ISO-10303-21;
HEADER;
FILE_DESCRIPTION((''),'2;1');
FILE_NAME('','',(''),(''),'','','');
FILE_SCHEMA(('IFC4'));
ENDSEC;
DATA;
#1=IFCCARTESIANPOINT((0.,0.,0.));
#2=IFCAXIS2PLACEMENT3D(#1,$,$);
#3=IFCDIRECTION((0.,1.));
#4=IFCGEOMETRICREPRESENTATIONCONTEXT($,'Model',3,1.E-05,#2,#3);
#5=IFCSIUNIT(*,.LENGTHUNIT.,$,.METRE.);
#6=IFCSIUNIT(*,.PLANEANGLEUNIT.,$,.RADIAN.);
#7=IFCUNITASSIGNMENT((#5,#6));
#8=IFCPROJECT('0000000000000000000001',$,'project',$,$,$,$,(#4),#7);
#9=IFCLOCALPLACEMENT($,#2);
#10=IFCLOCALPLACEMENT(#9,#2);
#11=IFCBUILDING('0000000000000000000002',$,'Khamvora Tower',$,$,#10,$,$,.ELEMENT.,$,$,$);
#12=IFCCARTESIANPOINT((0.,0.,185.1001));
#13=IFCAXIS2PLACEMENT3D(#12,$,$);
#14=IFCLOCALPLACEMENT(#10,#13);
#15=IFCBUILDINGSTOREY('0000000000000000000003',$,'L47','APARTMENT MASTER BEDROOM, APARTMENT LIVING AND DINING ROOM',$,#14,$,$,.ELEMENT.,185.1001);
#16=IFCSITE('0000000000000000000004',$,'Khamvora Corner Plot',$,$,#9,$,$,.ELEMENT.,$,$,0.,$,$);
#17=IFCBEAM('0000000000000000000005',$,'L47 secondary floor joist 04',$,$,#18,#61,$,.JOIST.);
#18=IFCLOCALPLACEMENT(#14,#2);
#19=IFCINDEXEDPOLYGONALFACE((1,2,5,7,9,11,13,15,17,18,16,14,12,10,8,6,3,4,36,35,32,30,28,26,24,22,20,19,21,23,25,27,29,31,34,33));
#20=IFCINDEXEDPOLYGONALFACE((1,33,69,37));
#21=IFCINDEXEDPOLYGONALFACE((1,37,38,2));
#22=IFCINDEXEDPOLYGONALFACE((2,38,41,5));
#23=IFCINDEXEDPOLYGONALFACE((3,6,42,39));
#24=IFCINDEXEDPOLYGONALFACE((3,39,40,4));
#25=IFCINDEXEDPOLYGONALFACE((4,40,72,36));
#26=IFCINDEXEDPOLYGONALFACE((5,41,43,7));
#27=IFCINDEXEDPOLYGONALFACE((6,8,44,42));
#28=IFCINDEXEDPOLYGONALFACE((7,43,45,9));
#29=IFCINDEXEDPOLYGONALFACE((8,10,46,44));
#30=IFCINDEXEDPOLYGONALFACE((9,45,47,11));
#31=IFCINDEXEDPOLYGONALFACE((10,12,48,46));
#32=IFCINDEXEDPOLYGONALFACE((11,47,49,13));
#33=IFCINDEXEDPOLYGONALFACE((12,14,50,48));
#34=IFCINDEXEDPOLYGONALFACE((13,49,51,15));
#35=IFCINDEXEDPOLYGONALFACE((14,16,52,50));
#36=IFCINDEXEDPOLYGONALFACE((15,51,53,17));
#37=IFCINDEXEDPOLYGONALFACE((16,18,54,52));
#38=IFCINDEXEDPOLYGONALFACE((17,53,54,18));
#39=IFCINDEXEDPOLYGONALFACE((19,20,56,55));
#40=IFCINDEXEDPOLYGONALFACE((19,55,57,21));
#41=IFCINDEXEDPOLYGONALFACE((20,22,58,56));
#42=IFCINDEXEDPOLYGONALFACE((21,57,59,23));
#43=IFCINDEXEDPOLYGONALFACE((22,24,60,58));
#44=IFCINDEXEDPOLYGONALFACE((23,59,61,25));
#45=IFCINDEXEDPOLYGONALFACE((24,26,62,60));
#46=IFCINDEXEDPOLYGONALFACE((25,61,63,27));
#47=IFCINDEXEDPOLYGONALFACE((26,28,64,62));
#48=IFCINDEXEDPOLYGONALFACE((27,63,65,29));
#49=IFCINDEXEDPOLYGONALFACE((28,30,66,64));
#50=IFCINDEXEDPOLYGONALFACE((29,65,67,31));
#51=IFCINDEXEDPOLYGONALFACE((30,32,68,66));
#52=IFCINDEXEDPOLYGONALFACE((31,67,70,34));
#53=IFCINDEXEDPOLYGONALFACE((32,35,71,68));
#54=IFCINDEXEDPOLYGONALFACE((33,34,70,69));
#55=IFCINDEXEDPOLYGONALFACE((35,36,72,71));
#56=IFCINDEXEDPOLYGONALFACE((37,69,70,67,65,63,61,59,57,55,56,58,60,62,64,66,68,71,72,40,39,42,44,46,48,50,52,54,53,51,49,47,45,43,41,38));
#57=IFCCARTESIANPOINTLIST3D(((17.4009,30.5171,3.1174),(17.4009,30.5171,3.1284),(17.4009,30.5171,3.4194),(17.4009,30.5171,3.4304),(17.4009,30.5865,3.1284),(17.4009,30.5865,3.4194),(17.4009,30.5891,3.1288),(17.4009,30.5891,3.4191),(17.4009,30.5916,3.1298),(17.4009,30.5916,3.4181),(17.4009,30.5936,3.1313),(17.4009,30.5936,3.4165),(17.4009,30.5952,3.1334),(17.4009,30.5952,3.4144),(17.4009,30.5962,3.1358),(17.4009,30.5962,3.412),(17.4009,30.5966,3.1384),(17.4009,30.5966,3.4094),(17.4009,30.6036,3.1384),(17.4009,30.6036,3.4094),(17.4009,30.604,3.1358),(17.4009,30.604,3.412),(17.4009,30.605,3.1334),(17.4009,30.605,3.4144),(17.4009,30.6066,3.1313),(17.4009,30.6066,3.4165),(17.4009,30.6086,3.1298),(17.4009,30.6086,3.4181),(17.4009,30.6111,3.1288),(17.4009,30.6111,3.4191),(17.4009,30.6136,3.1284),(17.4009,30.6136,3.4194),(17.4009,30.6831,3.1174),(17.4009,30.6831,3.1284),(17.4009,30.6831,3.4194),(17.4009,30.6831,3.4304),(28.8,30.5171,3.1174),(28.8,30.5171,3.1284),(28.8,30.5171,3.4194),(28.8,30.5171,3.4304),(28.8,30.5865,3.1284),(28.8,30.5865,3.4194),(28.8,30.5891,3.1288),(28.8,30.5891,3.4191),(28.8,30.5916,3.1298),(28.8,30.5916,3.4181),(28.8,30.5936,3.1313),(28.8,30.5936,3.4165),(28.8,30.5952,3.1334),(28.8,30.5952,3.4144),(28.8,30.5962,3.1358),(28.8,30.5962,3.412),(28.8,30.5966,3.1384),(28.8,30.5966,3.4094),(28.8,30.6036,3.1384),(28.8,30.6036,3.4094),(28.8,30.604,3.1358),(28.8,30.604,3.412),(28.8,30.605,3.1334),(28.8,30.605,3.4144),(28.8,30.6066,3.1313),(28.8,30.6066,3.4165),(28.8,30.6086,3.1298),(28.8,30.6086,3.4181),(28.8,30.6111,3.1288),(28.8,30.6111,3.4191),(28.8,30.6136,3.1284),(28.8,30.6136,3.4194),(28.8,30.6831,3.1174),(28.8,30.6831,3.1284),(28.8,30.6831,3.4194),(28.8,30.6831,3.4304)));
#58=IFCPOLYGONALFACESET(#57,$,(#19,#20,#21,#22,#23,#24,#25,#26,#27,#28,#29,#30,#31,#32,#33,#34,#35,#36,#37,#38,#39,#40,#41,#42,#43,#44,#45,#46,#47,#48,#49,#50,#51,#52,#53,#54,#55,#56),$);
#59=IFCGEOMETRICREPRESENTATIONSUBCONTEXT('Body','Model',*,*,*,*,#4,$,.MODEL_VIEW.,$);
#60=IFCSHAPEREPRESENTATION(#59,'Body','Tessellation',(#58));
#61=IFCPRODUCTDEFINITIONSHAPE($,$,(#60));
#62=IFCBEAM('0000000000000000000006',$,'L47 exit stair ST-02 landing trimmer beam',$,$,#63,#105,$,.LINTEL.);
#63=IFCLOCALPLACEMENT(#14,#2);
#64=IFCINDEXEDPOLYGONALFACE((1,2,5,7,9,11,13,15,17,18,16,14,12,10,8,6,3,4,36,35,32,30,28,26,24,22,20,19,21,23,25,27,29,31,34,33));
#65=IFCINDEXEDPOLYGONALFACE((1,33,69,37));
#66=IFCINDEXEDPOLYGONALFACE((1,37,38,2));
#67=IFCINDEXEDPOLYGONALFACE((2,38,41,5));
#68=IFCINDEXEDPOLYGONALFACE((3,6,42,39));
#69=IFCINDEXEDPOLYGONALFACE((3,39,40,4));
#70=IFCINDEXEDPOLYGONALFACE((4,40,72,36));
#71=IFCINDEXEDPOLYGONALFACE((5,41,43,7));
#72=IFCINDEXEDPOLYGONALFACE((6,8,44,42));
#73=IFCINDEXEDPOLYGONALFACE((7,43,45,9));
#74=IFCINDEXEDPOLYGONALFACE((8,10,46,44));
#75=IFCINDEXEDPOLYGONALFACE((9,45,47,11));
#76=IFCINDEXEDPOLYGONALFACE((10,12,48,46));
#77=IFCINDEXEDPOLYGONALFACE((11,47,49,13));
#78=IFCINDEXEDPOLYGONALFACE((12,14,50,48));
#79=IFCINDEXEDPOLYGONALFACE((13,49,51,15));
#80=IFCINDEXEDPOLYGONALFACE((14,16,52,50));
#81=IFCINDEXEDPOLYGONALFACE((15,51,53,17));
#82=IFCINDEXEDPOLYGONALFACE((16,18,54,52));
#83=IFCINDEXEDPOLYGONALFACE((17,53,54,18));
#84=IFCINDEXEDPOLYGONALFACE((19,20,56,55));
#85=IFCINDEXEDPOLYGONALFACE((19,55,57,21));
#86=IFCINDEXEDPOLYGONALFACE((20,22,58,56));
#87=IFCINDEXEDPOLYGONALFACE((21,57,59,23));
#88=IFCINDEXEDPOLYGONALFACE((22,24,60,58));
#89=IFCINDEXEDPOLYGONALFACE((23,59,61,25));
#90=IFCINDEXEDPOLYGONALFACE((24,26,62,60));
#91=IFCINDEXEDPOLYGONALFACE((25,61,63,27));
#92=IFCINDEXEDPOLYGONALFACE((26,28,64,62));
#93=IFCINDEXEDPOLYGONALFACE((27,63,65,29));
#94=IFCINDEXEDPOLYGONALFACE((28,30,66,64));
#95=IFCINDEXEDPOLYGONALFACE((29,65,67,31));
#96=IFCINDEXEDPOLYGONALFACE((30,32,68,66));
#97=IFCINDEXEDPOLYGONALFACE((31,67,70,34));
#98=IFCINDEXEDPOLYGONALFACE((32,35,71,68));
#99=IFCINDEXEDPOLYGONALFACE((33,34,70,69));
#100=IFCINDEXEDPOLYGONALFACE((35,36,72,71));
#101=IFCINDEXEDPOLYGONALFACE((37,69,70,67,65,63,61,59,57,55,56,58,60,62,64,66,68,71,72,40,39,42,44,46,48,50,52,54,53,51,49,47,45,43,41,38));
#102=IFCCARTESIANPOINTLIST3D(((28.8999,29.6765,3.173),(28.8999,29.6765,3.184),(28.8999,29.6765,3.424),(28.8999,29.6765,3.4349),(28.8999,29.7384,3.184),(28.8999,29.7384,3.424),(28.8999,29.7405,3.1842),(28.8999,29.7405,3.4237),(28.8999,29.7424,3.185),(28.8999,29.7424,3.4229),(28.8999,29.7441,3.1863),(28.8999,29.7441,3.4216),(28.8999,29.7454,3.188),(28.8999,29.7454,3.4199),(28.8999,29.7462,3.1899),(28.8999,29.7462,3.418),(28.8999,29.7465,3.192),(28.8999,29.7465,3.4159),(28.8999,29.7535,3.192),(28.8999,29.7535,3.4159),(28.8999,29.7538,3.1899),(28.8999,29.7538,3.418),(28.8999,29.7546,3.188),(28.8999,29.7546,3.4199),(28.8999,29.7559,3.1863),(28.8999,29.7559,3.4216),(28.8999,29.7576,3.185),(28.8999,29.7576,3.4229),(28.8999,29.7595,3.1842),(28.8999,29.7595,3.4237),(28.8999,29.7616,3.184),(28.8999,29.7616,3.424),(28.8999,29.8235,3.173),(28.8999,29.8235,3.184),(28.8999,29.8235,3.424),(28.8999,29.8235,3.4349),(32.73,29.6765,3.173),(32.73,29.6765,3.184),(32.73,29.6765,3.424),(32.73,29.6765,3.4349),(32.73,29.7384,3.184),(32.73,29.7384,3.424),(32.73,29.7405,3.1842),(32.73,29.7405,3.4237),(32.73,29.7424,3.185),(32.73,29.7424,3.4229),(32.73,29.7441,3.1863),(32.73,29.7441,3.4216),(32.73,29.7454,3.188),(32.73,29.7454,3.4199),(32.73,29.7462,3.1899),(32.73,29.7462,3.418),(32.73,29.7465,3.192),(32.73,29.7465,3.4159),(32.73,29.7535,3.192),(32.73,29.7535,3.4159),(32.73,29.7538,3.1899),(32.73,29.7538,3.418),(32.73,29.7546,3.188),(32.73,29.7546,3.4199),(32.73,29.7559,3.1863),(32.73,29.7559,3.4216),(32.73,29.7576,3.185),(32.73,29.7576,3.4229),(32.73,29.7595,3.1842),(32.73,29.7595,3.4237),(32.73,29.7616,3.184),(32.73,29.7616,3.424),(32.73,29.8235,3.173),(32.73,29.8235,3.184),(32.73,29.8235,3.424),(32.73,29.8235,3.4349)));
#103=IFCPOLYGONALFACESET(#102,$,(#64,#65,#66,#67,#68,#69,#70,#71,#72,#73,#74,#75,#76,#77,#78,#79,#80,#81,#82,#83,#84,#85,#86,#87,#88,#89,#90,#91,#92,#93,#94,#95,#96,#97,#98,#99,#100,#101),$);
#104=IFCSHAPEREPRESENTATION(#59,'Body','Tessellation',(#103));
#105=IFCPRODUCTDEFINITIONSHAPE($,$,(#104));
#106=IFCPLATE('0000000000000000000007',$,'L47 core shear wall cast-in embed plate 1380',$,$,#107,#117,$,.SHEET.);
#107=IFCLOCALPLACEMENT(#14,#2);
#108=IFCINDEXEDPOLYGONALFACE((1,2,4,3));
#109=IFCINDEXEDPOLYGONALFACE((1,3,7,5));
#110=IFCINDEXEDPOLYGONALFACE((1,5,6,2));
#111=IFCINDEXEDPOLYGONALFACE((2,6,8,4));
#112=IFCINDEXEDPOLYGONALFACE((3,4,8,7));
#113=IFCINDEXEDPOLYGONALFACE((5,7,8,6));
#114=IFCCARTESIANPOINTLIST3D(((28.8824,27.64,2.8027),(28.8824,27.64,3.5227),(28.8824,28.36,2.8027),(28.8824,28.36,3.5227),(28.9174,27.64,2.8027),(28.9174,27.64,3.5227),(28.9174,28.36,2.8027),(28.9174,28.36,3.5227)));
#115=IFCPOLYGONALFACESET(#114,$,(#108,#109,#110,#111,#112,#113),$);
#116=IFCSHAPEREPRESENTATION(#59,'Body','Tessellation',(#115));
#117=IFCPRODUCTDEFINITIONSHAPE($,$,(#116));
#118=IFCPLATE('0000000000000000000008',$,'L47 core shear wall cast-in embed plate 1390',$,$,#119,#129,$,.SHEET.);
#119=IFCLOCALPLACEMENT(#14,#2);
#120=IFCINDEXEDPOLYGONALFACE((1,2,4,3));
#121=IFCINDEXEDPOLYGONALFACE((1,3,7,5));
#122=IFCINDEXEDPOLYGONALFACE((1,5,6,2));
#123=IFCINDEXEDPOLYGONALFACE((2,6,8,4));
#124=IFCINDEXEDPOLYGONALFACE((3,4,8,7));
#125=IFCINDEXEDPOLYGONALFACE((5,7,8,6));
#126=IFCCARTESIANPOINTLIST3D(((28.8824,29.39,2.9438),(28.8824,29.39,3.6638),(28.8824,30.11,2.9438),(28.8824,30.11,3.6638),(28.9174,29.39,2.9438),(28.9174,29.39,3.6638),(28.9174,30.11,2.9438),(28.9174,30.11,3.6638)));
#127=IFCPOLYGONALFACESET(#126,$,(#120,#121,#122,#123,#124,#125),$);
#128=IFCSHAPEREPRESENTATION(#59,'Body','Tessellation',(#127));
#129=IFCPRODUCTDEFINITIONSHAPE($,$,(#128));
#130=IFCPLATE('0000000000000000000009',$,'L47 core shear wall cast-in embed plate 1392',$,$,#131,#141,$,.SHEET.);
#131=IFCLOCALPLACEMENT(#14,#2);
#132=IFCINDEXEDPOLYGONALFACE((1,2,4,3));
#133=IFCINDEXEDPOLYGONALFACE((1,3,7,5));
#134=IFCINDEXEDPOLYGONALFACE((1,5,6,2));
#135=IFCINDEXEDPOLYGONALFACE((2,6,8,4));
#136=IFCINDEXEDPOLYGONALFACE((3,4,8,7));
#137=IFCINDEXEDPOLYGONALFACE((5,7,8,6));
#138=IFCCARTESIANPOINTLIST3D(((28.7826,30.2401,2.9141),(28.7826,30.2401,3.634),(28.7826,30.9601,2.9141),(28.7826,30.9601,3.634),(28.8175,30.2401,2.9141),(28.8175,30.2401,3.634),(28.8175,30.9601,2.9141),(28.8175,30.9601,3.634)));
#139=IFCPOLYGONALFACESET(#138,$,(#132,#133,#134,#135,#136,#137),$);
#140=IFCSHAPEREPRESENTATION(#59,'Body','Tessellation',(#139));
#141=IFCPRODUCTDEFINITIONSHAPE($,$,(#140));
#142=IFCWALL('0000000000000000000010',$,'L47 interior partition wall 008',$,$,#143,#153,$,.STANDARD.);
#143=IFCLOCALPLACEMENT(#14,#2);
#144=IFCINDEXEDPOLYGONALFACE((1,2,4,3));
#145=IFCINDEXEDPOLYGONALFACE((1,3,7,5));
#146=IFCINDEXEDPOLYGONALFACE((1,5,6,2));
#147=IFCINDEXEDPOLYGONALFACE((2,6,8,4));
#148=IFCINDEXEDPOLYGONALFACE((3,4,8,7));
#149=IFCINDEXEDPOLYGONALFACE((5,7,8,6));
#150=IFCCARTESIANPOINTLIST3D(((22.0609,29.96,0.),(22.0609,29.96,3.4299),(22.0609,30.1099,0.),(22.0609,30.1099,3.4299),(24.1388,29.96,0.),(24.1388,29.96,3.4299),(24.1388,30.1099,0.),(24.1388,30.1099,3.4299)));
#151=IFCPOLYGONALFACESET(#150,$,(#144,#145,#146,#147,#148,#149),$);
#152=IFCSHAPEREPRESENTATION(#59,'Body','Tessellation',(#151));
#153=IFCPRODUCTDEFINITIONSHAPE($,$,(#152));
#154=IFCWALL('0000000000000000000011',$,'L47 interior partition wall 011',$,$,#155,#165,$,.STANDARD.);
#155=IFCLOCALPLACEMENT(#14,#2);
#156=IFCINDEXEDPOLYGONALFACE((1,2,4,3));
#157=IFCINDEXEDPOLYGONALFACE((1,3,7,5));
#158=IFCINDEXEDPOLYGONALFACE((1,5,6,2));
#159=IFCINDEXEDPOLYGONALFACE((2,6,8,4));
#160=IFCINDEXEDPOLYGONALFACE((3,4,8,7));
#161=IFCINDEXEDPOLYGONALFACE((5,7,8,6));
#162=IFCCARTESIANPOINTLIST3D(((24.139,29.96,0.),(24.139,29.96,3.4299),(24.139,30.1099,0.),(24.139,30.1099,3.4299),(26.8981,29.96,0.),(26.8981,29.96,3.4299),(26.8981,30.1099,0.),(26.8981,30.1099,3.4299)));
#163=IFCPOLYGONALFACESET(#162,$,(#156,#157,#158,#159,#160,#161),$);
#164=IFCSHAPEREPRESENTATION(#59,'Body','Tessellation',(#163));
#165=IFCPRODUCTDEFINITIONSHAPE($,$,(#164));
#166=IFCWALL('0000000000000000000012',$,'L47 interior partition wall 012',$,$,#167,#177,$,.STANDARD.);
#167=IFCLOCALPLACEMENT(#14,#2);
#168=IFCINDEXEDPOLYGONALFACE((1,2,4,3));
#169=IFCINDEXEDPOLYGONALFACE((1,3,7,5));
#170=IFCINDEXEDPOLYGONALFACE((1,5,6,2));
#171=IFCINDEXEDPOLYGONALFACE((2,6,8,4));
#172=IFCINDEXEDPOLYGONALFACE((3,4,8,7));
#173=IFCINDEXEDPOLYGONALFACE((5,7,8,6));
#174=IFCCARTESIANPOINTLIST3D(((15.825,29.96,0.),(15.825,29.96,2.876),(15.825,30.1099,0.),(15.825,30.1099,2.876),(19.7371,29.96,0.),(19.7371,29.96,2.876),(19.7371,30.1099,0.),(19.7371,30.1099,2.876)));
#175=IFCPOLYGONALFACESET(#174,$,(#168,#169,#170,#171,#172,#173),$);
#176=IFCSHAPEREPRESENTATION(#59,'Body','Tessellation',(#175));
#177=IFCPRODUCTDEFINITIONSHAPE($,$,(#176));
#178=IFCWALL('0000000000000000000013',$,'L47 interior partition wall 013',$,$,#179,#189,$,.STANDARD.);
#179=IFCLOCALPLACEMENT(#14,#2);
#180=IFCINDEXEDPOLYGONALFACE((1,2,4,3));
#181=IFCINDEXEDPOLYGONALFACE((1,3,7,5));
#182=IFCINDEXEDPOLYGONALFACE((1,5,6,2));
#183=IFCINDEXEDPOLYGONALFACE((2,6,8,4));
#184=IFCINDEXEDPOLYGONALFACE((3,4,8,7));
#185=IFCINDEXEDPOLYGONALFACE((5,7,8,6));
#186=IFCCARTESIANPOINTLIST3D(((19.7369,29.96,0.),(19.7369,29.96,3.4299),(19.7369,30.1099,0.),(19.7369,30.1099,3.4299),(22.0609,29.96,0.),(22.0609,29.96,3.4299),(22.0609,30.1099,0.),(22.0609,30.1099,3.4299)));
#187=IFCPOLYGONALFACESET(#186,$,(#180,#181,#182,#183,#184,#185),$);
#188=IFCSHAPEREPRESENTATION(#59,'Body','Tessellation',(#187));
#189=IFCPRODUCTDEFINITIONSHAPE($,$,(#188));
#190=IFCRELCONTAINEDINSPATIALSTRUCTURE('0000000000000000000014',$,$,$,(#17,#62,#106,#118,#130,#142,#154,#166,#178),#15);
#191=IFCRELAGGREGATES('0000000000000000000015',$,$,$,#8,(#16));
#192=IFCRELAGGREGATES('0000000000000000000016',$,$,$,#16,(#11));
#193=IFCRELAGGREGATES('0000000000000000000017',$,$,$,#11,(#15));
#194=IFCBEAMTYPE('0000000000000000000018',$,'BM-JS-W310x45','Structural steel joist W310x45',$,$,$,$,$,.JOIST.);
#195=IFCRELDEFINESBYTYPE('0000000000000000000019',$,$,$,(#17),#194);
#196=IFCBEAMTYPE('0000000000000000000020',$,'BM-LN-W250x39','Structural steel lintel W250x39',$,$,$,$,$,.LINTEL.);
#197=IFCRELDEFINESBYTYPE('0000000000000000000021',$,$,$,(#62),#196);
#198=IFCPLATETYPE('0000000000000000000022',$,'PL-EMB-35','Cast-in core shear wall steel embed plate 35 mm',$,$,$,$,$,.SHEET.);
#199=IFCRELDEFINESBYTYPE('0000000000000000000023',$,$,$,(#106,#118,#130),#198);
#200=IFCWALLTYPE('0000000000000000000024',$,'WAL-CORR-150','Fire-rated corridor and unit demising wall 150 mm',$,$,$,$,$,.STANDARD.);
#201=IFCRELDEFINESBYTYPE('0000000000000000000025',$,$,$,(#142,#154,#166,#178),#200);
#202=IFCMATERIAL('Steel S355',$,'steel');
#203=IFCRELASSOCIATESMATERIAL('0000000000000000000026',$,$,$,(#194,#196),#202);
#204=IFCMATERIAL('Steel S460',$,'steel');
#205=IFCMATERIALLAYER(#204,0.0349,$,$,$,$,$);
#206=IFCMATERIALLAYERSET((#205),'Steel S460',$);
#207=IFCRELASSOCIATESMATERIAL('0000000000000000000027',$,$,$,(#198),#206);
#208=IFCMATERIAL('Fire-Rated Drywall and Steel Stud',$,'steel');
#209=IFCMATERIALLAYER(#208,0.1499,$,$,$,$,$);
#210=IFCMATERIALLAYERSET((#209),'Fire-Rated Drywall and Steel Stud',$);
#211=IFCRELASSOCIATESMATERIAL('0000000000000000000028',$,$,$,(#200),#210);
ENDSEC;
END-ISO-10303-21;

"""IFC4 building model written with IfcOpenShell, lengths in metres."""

from ifc_helpers import new_model, si_unit, direction, frame, frame_2d, origin, origin_2d, place, context, subcontext, project, spatial, rectangle, i_section, extrude, material, layer, layer_set, material_profile, profile_set, type_object, element, save


model = new_model("IFC4")

# Units and contexts
model_context = context("Model", 3, precision=1e-05, world=origin(), true_north=direction((0.0, 1.0)))
body_context = subcontext(model_context, "Body", "Model", "MODEL_VIEW")
ifc_project = project(units=[si_unit("LENGTHUNIT", "METRE"), si_unit("PLANEANGLEUNIT", "RADIAN")], contexts=[model_context])

# Site, building, storey
site_placement = place(None, origin())
site = spatial("IfcSite", under=ifc_project, at=site_placement, Name="Khamvora Corner Plot", CompositionType="ELEMENT", RefElevation=0.0)
building_placement = place(site_placement, origin())
building = spatial("IfcBuilding", under=site, at=building_placement, Name="Khamvora Tower", CompositionType="ELEMENT")
storey_placement = place(building_placement, frame((0.0, 0.0, 185.1001)))
storey = spatial("IfcBuildingStorey", under=building, at=storey_placement, Name="L47", Description="APARTMENT MASTER BEDROOM, APARTMENT LIVING AND DINING ROOM", CompositionType="ELEMENT", Elevation=185.1001)

# Beams
ifc_material_1 = material(Name="Steel S355", Category="steel")
ifc_material_profile_1 = material_profile(ifc_material_1, i_section(OverallWidth=0.166, OverallDepth=0.313, WebThickness=0.0071, FlangeThickness=0.011, FilletRadius=0.01, at=origin_2d()), Name="W310x45")
ifc_profile_set_1 = profile_set([ifc_material_profile_1], Name="Steel S355")
beam_type_1 = type_object("IfcBeamType", Name="BM-JS-W310x45", Description="Structural steel joist W310x45", PredefinedType="JOIST", material=ifc_profile_set_1)
beam_1_placement = place(storey_placement, frame((17.4009, 30.6001, 3.2739), z_axis=(1.0, 0.0, 0.0), x_axis=(0.0, 1.0, 0.0)))
element("IfcBeam", 1, at=beam_1_placement, inside=storey, type_object=beam_type_1, Name="L47 secondary floor joist 04", PredefinedType="JOIST", context=body_context, shape_type="SweptSolid", body=[
    extrude(i_section(OverallWidth=0.166, OverallDepth=0.313, WebThickness=0.0071, FlangeThickness=0.011, FilletRadius=0.01, at=origin_2d()), origin(), (0.0, 0.0, 1.0), 11.3992),
])
ifc_material_profile_2 = material_profile(ifc_material_1, i_section(OverallWidth=0.147, OverallDepth=0.262, WebThickness=0.0071, FlangeThickness=0.011, FilletRadius=0.0081, at=origin_2d()), Name="W250x39")
ifc_profile_set_2 = profile_set([ifc_material_profile_2], Name="Steel S355")
beam_type_2 = type_object("IfcBeamType", Name="BM-LN-W250x39", Description="Structural steel lintel W250x39", PredefinedType="LINTEL", material=ifc_profile_set_2)
beam_2_placement = place(storey_placement, frame((28.8999, 29.75, 3.304), z_axis=(1.0, 0.0, 0.0), x_axis=(0.0, 1.0, 0.0)))
element("IfcBeam", 2, at=beam_2_placement, inside=storey, type_object=beam_type_2, Name="L47 exit stair ST-02 landing trimmer beam", PredefinedType="LINTEL", context=body_context, shape_type="SweptSolid", body=[
    extrude(i_section(OverallWidth=0.147, OverallDepth=0.262, WebThickness=0.0071, FlangeThickness=0.011, FilletRadius=0.0081, at=origin_2d()), origin(), (0.0, 0.0, 1.0), 3.8301),
])

# Plates
ifc_material_2 = material(Name="Steel S460", Category="steel")
ifc_layer_1 = layer(ifc_material_2, 0.0349)
ifc_layer_set_1 = layer_set([ifc_layer_1], Name="Steel S460")
plate_type = type_object("IfcPlateType", Name="PL-EMB-35", Description="Cast-in core shear wall steel embed plate 35 mm", PredefinedType="SHEET", material=ifc_layer_set_1)
for number, where, z_axis, x_axis, name in (
    (3, (28.8999, 28.0, 2.8027), (0.0, 0.0, 1.0), (1.0, 0.0, 0.0), "L47 core shear wall cast-in embed plate 1380"),
    (4, (28.8999, 29.75, 2.9438), (0.0, 0.0, 1.0), (1.0, 0.0, 0.0), "L47 core shear wall cast-in embed plate 1390"),
    (5, (28.8, 30.6001, 2.9141), (0.0, 0.0, 1.0), (1.0, 0.0, 0.0), "L47 core shear wall cast-in embed plate 1392"),
):
    element("IfcPlate", number, at=place(storey_placement, frame(where, z_axis=z_axis, x_axis=x_axis)), inside=storey, type_object=plate_type, Name=name, PredefinedType="SHEET", context=body_context, shape_type="SweptSolid", body=[
        extrude(rectangle(XDim=0.0349, YDim=0.72, at=origin_2d()), origin(), (0.0, 0.0, 1.0), 0.72),
    ])

# Walls
ifc_material_3 = material(Name="Fire-Rated Drywall and Steel Stud", Category="steel")
ifc_layer_2 = layer(ifc_material_3, 0.1499)
ifc_layer_set_2 = layer_set([ifc_layer_2], Name="Fire-Rated Drywall and Steel Stud")
wall_type_1 = type_object("IfcWallType", Name="WAL-CORR-150", Description="Fire-rated corridor and unit demising wall 150 mm", PredefinedType="STANDARD", material=ifc_layer_set_2)
wall_1_placement = place(storey_placement, frame((24.1389, 30.0349, 0.0), z_axis=(0.0, 0.0, 1.0), x_axis=(-1.0, 0.0, 0.0)))
element("IfcWall", 6, at=wall_1_placement, inside=storey, type_object=wall_type_1, Name="L47 interior partition wall 008", PredefinedType="STANDARD", context=body_context, shape_type="SweptSolid", body=[
    extrude(rectangle(XDim=2.0779, YDim=0.1499, at=frame_2d((1.0391, 0.0))), origin(), (0.0, 0.0, 1.0), 3.4299),
])
wall_2_placement = place(storey_placement, frame((26.8979, 30.0349, 0.0), z_axis=(0.0, 0.0, 1.0), x_axis=(-1.0, 0.0, 0.0)))
element("IfcWall", 7, at=wall_2_placement, inside=storey, type_object=wall_type_1, Name="L47 interior partition wall 011", PredefinedType="STANDARD", context=body_context, shape_type="SweptSolid", body=[
    extrude(rectangle(XDim=2.759, YDim=0.1499, at=frame_2d((1.3794, 0.0))), origin(), (0.0, 0.0, 1.0), 3.4299),
])
wall_3_placement = place(storey_placement, frame((19.7371, 30.0349, 0.0), z_axis=(0.0, 0.0, 1.0), x_axis=(-1.0, 0.0, 0.0)))
element("IfcWall", 8, at=wall_3_placement, inside=storey, type_object=wall_type_1, Name="L47 interior partition wall 012", PredefinedType="STANDARD", context=body_context, shape_type="SweptSolid", body=[
    extrude(rectangle(XDim=3.9121, YDim=0.1499, at=frame_2d((1.9561, 0.0))), origin(), (0.0, 0.0, 1.0), 2.876),
])
wall_4_placement = place(storey_placement, frame((22.061, 30.0349, 0.0), z_axis=(0.0, 0.0, 1.0), x_axis=(-1.0, 0.0, 0.0)))
element("IfcWall", 9, at=wall_4_placement, inside=storey, type_object=wall_type_1, Name="L47 interior partition wall 013", PredefinedType="STANDARD", context=body_context, shape_type="SweptSolid", body=[
    extrude(rectangle(XDim=2.324, YDim=0.1499, at=frame_2d((1.1621, 0.0))), origin(), (0.0, 0.0, 1.0), 3.4299),
])

save(model, "model.ifc")
